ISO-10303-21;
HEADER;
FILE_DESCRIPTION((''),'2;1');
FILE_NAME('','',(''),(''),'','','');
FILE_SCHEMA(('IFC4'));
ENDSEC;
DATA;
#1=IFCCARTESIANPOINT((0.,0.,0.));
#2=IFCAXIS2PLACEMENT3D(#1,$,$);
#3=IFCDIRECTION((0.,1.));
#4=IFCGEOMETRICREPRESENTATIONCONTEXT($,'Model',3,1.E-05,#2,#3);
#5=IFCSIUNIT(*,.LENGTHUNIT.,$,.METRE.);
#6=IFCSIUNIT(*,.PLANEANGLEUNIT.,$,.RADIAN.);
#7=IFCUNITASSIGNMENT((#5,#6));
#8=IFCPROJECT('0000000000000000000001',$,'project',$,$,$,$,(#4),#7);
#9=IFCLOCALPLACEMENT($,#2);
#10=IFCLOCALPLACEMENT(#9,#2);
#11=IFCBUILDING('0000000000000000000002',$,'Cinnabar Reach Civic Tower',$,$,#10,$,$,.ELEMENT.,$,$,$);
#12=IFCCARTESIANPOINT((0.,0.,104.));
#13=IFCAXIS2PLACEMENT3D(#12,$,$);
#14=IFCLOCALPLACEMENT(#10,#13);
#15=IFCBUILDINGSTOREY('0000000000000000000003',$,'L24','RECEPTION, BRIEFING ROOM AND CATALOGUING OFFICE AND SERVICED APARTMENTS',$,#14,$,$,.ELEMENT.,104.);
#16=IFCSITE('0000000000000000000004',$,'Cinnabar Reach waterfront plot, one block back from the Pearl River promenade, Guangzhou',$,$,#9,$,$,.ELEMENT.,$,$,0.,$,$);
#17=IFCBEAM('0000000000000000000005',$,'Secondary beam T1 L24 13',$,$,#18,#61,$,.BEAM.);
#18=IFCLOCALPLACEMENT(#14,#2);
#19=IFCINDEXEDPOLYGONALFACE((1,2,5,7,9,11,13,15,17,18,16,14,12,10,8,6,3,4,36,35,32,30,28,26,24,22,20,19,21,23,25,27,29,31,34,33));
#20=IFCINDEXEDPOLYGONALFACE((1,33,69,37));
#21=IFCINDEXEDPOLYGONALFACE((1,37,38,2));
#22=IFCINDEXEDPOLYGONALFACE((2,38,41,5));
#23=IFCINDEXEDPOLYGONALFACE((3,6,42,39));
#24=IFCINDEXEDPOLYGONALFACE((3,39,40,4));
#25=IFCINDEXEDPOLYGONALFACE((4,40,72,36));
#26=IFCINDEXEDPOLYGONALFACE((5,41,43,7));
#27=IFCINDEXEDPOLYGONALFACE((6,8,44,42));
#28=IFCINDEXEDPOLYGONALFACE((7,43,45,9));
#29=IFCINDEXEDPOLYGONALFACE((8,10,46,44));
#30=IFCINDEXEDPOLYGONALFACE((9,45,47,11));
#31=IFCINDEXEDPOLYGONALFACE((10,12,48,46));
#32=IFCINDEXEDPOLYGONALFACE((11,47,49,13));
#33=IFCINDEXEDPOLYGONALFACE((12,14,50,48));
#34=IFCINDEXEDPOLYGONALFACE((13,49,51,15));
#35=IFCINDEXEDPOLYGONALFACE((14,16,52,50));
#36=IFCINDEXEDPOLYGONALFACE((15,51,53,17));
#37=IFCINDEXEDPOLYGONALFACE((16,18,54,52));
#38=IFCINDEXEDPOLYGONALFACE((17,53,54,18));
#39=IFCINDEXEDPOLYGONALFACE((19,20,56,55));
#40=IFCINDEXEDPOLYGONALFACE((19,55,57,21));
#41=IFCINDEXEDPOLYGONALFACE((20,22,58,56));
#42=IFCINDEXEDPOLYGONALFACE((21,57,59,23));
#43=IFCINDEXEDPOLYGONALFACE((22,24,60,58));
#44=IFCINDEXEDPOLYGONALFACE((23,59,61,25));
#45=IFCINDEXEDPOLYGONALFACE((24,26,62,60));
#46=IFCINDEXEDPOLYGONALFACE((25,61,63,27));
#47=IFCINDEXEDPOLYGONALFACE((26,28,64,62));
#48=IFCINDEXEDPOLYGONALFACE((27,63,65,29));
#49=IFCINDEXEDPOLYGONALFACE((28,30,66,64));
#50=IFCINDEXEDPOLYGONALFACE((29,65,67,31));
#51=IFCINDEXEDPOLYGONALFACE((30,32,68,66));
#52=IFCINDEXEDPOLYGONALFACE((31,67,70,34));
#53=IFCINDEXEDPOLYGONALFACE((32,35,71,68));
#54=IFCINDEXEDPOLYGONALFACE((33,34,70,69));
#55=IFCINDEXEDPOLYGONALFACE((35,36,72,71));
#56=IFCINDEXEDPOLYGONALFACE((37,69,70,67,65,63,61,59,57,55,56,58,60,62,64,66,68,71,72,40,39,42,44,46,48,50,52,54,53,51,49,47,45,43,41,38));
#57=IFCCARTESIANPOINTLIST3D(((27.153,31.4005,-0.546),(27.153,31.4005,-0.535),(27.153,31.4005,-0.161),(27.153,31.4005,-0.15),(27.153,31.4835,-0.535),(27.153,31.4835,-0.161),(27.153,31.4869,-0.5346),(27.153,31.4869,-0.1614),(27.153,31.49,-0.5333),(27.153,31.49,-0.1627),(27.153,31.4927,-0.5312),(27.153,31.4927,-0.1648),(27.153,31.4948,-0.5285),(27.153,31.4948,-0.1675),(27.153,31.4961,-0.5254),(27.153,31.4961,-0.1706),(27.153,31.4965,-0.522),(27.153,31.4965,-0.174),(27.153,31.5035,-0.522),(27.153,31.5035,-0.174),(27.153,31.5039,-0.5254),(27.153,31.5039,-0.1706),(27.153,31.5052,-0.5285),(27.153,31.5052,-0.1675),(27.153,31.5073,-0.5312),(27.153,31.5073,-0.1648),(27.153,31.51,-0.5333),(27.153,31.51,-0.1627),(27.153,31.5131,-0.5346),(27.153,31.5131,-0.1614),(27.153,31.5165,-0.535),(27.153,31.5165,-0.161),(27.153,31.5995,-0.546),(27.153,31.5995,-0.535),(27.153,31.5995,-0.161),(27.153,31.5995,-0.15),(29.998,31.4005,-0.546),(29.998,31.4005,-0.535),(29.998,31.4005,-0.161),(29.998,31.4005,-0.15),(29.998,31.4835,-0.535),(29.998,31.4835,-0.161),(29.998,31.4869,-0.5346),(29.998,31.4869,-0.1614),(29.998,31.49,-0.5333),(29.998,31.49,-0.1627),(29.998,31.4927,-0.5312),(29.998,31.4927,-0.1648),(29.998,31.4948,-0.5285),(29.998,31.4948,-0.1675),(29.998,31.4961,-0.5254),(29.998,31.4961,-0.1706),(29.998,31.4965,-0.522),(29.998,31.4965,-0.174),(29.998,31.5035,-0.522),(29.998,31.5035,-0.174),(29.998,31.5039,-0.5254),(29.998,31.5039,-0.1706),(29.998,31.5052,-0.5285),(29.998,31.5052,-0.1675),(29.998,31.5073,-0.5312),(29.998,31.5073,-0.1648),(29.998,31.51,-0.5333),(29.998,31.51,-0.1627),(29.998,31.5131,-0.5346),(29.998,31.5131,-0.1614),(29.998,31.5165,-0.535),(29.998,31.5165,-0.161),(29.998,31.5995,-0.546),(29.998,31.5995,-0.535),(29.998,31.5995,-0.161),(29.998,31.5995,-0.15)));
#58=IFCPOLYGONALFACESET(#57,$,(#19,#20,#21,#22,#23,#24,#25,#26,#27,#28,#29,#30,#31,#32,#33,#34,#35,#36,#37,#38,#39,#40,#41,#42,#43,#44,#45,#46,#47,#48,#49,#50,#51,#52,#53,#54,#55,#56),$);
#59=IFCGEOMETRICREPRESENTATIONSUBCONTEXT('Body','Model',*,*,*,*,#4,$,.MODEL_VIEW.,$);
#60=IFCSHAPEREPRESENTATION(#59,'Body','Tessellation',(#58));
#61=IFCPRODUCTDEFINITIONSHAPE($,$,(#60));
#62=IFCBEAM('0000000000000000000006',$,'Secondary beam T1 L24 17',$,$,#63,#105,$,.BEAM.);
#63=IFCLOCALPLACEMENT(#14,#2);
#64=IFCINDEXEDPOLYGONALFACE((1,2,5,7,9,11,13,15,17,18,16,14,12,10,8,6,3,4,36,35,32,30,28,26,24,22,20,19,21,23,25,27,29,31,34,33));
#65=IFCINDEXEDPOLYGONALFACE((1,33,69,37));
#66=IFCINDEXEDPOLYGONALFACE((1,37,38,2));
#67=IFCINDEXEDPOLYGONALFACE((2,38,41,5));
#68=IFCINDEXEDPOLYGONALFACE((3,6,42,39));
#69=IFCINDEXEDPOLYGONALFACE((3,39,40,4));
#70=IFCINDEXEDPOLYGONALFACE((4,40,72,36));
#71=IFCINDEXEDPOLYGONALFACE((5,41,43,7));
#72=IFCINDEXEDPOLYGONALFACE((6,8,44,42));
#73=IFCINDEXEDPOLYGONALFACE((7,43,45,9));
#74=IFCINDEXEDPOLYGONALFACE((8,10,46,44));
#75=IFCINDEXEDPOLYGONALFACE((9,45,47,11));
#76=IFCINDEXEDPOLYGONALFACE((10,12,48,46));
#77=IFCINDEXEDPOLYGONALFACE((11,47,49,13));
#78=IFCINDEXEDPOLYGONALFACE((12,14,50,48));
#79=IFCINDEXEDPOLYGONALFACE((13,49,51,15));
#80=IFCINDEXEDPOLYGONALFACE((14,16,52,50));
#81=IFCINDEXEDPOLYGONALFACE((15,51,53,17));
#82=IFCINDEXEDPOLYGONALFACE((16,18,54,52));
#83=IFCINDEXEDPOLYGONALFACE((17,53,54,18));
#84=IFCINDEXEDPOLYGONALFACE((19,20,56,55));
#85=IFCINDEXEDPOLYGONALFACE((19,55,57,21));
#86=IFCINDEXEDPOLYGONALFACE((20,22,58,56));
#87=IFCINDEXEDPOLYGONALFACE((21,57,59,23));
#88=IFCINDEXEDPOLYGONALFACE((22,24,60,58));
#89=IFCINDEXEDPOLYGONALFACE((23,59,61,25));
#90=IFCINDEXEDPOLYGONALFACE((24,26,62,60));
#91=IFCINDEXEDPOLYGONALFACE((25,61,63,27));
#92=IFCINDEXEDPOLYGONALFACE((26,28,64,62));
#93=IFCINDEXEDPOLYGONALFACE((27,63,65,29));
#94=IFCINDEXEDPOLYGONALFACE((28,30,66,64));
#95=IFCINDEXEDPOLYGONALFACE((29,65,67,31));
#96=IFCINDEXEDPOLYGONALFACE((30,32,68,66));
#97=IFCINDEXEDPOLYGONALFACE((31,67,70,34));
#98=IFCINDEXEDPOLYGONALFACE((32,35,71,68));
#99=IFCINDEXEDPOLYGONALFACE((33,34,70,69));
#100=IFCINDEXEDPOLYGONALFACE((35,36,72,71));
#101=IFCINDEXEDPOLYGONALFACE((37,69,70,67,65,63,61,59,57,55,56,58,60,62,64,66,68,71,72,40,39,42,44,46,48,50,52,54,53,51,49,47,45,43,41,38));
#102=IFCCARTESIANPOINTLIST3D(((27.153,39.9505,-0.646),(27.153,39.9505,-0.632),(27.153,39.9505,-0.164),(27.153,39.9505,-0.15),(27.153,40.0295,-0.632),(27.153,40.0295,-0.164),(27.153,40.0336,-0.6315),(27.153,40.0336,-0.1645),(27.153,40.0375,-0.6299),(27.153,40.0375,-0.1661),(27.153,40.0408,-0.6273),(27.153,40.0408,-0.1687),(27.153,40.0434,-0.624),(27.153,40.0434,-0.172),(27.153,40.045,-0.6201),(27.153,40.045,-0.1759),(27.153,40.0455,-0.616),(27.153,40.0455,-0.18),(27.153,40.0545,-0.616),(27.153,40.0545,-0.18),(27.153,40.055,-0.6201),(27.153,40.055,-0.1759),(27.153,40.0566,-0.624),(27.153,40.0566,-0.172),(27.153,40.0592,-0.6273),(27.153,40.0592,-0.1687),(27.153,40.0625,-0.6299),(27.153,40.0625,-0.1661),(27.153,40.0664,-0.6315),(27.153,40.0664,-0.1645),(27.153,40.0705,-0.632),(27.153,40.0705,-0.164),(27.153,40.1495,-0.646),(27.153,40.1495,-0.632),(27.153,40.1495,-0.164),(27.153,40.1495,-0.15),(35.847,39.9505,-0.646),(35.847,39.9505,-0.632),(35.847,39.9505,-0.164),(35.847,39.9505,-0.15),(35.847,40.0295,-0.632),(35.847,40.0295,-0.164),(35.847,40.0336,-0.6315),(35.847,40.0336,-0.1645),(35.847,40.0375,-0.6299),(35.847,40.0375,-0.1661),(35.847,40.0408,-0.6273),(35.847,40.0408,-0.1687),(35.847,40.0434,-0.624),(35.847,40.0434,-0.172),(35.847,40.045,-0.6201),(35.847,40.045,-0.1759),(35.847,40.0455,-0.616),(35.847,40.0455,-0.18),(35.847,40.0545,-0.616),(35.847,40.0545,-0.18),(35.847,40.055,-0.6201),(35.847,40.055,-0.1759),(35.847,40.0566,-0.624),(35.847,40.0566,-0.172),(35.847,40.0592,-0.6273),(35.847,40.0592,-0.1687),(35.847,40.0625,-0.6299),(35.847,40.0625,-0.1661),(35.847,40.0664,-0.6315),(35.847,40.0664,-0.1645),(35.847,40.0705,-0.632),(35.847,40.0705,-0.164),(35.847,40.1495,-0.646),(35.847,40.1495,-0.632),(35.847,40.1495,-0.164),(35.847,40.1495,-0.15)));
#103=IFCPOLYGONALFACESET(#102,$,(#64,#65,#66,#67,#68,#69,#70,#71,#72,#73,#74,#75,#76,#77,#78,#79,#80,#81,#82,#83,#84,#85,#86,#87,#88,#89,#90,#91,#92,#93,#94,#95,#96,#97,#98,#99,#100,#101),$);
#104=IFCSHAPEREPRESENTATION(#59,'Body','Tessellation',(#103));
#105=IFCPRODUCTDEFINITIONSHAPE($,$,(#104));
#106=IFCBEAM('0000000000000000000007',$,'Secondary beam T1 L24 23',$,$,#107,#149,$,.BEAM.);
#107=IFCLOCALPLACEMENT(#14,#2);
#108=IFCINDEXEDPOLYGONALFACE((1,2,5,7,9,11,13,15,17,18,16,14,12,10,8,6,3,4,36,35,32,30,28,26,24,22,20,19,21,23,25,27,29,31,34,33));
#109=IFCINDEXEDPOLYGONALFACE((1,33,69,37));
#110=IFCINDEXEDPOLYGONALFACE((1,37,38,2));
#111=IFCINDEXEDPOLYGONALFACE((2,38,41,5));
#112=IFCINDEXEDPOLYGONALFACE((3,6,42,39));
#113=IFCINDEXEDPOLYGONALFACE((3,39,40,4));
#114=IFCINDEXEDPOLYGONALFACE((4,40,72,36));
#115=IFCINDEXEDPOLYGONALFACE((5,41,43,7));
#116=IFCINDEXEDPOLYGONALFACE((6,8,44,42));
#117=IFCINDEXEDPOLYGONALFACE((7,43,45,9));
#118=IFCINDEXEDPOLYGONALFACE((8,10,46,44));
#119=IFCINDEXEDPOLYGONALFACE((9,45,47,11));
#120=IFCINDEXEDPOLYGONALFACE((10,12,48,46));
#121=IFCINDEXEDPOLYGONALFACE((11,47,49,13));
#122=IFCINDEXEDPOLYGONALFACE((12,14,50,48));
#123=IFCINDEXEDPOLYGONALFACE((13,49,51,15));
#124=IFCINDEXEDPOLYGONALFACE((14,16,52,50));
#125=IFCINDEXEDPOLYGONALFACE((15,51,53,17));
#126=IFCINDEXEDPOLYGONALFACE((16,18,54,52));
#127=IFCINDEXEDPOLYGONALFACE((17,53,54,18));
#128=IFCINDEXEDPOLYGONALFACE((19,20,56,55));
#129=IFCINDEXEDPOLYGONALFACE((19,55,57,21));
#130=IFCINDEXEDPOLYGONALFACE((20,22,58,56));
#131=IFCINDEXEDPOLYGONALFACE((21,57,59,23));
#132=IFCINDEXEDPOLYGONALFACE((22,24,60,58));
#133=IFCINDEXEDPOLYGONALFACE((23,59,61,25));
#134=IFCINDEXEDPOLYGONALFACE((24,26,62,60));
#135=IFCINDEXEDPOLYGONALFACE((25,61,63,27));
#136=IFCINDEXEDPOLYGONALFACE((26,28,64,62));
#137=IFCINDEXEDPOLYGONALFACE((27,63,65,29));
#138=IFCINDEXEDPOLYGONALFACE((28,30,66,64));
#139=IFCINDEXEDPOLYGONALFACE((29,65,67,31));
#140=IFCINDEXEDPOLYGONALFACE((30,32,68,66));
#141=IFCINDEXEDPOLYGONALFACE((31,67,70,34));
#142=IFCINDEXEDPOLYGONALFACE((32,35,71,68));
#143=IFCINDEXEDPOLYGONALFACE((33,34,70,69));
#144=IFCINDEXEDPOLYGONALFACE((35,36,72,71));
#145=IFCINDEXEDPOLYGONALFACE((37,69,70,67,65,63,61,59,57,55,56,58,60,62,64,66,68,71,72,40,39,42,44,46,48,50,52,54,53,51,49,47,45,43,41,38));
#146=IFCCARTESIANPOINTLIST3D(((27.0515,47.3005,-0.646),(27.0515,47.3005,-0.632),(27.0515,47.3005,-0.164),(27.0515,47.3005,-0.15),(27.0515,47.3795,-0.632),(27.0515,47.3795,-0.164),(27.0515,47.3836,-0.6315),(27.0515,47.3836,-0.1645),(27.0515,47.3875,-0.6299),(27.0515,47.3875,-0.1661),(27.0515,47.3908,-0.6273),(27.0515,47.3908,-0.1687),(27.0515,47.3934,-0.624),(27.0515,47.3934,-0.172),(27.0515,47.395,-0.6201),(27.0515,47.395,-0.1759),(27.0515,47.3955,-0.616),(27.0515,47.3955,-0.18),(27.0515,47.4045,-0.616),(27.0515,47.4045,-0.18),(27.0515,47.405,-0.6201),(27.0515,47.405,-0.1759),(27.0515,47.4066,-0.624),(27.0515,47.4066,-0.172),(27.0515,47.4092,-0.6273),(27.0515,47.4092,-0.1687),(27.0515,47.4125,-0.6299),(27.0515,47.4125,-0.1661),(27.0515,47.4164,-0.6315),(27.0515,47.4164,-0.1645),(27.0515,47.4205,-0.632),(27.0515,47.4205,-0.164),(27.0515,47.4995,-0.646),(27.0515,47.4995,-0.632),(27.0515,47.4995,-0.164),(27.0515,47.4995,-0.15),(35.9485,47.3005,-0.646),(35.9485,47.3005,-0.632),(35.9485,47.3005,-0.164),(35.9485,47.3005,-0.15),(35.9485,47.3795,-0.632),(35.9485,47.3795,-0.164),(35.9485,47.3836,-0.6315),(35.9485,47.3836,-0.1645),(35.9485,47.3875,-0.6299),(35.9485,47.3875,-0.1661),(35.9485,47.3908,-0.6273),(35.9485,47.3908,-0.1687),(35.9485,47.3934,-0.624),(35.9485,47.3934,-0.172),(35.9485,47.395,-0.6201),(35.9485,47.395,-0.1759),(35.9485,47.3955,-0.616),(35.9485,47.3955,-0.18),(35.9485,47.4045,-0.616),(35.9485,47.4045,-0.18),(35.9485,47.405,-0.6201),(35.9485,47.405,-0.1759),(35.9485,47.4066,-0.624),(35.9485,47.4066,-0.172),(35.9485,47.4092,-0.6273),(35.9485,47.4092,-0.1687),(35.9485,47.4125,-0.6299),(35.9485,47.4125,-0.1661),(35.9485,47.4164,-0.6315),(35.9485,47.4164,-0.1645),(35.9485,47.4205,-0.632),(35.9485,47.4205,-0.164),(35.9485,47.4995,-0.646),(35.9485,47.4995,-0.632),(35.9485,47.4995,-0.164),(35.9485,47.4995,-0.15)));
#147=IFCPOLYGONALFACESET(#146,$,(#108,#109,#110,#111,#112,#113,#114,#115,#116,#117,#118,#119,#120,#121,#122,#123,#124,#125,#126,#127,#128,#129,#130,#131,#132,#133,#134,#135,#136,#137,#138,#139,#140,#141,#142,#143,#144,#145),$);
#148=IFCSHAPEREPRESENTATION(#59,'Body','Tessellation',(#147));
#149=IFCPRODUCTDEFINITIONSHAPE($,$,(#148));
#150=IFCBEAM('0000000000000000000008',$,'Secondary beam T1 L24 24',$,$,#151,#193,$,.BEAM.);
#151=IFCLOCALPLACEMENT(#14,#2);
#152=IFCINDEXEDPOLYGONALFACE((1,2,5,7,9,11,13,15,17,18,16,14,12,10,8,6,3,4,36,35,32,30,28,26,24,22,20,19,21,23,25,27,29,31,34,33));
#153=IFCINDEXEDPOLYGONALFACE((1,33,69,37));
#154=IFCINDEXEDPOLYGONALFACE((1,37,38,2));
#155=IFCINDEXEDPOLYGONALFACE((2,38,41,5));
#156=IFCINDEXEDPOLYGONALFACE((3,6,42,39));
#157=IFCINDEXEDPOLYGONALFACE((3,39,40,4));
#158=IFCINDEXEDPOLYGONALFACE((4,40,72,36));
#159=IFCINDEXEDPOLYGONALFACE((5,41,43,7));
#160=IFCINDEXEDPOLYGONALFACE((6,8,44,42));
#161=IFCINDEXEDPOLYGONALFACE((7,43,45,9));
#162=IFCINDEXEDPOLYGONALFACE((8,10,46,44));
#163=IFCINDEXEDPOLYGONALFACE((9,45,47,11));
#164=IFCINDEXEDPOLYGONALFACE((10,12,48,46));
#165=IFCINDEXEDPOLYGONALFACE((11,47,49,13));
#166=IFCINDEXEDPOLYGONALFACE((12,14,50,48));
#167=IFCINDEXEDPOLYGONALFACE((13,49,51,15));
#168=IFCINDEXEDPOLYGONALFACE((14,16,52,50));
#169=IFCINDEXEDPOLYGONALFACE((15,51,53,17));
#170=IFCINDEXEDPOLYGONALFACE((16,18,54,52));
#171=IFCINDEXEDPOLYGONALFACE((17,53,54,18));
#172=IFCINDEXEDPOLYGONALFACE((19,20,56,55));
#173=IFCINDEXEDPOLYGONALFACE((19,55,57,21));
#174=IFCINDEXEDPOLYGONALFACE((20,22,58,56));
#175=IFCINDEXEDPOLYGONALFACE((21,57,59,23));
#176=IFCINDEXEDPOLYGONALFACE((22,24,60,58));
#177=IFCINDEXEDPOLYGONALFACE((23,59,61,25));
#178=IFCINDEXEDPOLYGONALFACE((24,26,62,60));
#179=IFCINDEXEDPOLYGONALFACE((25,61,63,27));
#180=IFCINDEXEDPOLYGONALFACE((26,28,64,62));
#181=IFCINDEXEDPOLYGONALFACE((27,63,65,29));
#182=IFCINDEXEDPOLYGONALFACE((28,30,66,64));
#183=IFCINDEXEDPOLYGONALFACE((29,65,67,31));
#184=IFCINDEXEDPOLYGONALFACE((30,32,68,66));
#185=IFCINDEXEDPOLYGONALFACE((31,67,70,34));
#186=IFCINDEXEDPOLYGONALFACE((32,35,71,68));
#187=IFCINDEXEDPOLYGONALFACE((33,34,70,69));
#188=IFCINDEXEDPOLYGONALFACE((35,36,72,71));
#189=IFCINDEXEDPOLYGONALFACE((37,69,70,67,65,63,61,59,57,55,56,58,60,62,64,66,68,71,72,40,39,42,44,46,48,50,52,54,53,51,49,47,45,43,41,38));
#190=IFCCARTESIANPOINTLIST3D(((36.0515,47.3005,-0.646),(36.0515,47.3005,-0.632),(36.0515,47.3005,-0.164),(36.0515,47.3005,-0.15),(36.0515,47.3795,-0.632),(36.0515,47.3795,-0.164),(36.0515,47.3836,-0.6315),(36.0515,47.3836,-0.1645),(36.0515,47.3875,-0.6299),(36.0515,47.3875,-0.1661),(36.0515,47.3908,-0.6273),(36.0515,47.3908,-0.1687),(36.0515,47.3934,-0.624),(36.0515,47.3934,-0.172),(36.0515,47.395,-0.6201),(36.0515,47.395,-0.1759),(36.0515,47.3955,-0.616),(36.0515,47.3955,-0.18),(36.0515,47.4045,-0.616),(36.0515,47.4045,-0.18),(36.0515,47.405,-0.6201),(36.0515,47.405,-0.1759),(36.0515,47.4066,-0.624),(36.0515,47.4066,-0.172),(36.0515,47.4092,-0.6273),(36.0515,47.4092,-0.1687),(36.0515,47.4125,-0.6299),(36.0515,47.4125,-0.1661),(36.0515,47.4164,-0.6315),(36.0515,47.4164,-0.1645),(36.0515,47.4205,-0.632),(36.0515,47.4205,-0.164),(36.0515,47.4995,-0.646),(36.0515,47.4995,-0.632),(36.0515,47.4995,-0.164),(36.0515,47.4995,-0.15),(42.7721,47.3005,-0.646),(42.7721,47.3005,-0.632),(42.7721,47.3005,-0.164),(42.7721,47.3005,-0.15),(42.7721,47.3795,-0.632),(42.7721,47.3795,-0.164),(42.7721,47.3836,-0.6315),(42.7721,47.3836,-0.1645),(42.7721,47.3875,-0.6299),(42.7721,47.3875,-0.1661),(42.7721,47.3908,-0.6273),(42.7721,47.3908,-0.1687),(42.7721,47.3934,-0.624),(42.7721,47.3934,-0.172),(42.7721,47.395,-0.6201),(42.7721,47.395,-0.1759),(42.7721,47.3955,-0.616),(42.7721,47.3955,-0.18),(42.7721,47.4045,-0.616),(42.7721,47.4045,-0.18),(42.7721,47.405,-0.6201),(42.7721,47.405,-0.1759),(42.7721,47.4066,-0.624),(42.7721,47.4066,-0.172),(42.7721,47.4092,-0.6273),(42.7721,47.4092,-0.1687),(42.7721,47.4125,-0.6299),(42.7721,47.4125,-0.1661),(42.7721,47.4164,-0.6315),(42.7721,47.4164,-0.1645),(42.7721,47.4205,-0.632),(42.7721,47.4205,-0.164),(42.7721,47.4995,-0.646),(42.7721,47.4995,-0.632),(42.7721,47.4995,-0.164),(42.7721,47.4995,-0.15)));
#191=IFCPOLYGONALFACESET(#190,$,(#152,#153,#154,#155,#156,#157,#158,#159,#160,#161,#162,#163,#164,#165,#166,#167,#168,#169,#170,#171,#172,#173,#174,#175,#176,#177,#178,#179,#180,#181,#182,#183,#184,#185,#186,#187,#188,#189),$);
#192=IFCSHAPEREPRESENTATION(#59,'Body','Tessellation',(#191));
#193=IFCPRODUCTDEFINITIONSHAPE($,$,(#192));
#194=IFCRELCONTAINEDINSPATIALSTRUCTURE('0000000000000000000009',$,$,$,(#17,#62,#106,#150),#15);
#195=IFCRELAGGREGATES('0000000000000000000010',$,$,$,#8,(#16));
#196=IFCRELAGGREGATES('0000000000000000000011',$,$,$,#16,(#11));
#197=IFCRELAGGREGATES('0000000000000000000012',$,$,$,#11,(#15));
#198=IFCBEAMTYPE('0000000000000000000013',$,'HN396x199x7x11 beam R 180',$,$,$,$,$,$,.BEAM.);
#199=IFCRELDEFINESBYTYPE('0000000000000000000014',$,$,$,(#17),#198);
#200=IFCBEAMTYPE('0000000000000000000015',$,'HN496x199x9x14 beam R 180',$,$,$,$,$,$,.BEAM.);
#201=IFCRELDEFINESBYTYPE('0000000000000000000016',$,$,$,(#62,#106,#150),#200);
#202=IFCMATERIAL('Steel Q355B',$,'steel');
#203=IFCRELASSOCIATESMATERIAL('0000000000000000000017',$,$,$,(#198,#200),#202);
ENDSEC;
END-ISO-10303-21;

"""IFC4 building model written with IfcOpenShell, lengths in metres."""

from ifc_helpers import new_model, si_unit, direction, frame, origin, origin_2d, place, context, subcontext, project, spatial, i_section, extrude, material, material_profile, profile_set, type_object, element, save


model = new_model("IFC4")

# Units and contexts
model_context = context("Model", 3, precision=1e-05, world=origin(), true_north=direction((0.0, 1.0)))
body_context = subcontext(model_context, "Body", "Model", "MODEL_VIEW")
ifc_project = project(units=[si_unit("LENGTHUNIT", "METRE"), si_unit("PLANEANGLEUNIT", "RADIAN")], contexts=[model_context])

# Site, building, storey
site_placement = place(None, origin())
site = spatial("IfcSite", under=ifc_project, at=site_placement, Name="Cinnabar Reach waterfront plot, one block back from the Pearl River promenade, Guangzhou", CompositionType="ELEMENT", RefElevation=0.0)
building_placement = place(site_placement, origin())
building = spatial("IfcBuilding", under=site, at=building_placement, Name="Cinnabar Reach Civic Tower", CompositionType="ELEMENT")
storey_placement = place(building_placement, frame((0.0, 0.0, 104.0)))
storey = spatial("IfcBuildingStorey", under=building, at=storey_placement, Name="L24", Description="RECEPTION, BRIEFING ROOM AND CATALOGUING OFFICE AND SERVICED APARTMENTS", CompositionType="ELEMENT", Elevation=104.0)

# Beams
ifc_material_1 = material(Name="Steel Q355B", Category="steel")
ifc_material_profile_1 = material_profile(ifc_material_1, i_section(OverallWidth=0.199, OverallDepth=0.396, WebThickness=0.007, FlangeThickness=0.011, FilletRadius=0.013, at=origin_2d()), Name="HN396x199x7x11")
ifc_profile_set_1 = profile_set([ifc_material_profile_1], Name="Steel Q355B")
beam_type_1 = type_object("IfcBeamType", Name="HN396x199x7x11 beam R 180", PredefinedType="BEAM", material=ifc_profile_set_1)
beam_1_placement = place(storey_placement, frame((27.153, 31.5, -0.348), z_axis=(1.0, 0.0, 0.0), x_axis=(0.0, 1.0, 0.0)))
element("IfcBeam", 1, at=beam_1_placement, inside=storey, type_object=beam_type_1, Name="Secondary beam T1 L24 13", PredefinedType="BEAM", context=body_context, shape_type="SweptSolid", body=[
    extrude(i_section(OverallWidth=0.199, OverallDepth=0.396, WebThickness=0.007, FlangeThickness=0.011, FilletRadius=0.013, at=origin_2d()), origin(), (0.0, 0.0, 1.0), 2.845),
])
ifc_material_profile_2 = material_profile(ifc_material_1, i_section(OverallWidth=0.199, OverallDepth=0.496, WebThickness=0.009, FlangeThickness=0.014, FilletRadius=0.016, at=origin_2d()), Name="HN496x199x9x14")
ifc_profile_set_2 = profile_set([ifc_material_profile_2], Name="Steel Q355B")
beam_type_2 = type_object("IfcBeamType", Name="HN496x199x9x14 beam R 180", PredefinedType="BEAM", material=ifc_profile_set_2)
beam_2_placement = place(storey_placement, frame((27.153, 40.05, -0.398), z_axis=(1.0, 0.0, 0.0), x_axis=(0.0, 1.0, 0.0)))
element("IfcBeam", 2, at=beam_2_placement, inside=storey, type_object=beam_type_2, Name="Secondary beam T1 L24 17", PredefinedType="BEAM", context=body_context, shape_type="SweptSolid", body=[
    extrude(i_section(OverallWidth=0.199, OverallDepth=0.496, WebThickness=0.009, FlangeThickness=0.014, FilletRadius=0.016, at=origin_2d()), origin(), (0.0, 0.0, 1.0), 8.694),
])
beam_3_placement = place(storey_placement, frame((27.0515, 47.4, -0.398), z_axis=(1.0, 0.0, 0.0), x_axis=(0.0, 1.0, 0.0)))
element("IfcBeam", 3, at=beam_3_placement, inside=storey, type_object=beam_type_2, Name="Secondary beam T1 L24 23", PredefinedType="BEAM", context=body_context, shape_type="SweptSolid", body=[
    extrude(i_section(OverallWidth=0.199, OverallDepth=0.496, WebThickness=0.009, FlangeThickness=0.014, FilletRadius=0.016, at=origin_2d()), origin(), (0.0, 0.0, 1.0), 8.897),
])
beam_4_placement = place(storey_placement, frame((36.0515, 47.4, -0.398), z_axis=(1.0, 0.0, 0.0), x_axis=(0.0, 1.0, 0.0)))
element("IfcBeam", 4, at=beam_4_placement, inside=storey, type_object=beam_type_2, Name="Secondary beam T1 L24 24", PredefinedType="BEAM", context=body_context, shape_type="SweptSolid", body=[
    extrude(i_section(OverallWidth=0.199, OverallDepth=0.496, WebThickness=0.009, FlangeThickness=0.014, FilletRadius=0.016, at=origin_2d()), origin(), (0.0, 0.0, 1.0), 6.7206),
])

save(model, "model.ifc")
